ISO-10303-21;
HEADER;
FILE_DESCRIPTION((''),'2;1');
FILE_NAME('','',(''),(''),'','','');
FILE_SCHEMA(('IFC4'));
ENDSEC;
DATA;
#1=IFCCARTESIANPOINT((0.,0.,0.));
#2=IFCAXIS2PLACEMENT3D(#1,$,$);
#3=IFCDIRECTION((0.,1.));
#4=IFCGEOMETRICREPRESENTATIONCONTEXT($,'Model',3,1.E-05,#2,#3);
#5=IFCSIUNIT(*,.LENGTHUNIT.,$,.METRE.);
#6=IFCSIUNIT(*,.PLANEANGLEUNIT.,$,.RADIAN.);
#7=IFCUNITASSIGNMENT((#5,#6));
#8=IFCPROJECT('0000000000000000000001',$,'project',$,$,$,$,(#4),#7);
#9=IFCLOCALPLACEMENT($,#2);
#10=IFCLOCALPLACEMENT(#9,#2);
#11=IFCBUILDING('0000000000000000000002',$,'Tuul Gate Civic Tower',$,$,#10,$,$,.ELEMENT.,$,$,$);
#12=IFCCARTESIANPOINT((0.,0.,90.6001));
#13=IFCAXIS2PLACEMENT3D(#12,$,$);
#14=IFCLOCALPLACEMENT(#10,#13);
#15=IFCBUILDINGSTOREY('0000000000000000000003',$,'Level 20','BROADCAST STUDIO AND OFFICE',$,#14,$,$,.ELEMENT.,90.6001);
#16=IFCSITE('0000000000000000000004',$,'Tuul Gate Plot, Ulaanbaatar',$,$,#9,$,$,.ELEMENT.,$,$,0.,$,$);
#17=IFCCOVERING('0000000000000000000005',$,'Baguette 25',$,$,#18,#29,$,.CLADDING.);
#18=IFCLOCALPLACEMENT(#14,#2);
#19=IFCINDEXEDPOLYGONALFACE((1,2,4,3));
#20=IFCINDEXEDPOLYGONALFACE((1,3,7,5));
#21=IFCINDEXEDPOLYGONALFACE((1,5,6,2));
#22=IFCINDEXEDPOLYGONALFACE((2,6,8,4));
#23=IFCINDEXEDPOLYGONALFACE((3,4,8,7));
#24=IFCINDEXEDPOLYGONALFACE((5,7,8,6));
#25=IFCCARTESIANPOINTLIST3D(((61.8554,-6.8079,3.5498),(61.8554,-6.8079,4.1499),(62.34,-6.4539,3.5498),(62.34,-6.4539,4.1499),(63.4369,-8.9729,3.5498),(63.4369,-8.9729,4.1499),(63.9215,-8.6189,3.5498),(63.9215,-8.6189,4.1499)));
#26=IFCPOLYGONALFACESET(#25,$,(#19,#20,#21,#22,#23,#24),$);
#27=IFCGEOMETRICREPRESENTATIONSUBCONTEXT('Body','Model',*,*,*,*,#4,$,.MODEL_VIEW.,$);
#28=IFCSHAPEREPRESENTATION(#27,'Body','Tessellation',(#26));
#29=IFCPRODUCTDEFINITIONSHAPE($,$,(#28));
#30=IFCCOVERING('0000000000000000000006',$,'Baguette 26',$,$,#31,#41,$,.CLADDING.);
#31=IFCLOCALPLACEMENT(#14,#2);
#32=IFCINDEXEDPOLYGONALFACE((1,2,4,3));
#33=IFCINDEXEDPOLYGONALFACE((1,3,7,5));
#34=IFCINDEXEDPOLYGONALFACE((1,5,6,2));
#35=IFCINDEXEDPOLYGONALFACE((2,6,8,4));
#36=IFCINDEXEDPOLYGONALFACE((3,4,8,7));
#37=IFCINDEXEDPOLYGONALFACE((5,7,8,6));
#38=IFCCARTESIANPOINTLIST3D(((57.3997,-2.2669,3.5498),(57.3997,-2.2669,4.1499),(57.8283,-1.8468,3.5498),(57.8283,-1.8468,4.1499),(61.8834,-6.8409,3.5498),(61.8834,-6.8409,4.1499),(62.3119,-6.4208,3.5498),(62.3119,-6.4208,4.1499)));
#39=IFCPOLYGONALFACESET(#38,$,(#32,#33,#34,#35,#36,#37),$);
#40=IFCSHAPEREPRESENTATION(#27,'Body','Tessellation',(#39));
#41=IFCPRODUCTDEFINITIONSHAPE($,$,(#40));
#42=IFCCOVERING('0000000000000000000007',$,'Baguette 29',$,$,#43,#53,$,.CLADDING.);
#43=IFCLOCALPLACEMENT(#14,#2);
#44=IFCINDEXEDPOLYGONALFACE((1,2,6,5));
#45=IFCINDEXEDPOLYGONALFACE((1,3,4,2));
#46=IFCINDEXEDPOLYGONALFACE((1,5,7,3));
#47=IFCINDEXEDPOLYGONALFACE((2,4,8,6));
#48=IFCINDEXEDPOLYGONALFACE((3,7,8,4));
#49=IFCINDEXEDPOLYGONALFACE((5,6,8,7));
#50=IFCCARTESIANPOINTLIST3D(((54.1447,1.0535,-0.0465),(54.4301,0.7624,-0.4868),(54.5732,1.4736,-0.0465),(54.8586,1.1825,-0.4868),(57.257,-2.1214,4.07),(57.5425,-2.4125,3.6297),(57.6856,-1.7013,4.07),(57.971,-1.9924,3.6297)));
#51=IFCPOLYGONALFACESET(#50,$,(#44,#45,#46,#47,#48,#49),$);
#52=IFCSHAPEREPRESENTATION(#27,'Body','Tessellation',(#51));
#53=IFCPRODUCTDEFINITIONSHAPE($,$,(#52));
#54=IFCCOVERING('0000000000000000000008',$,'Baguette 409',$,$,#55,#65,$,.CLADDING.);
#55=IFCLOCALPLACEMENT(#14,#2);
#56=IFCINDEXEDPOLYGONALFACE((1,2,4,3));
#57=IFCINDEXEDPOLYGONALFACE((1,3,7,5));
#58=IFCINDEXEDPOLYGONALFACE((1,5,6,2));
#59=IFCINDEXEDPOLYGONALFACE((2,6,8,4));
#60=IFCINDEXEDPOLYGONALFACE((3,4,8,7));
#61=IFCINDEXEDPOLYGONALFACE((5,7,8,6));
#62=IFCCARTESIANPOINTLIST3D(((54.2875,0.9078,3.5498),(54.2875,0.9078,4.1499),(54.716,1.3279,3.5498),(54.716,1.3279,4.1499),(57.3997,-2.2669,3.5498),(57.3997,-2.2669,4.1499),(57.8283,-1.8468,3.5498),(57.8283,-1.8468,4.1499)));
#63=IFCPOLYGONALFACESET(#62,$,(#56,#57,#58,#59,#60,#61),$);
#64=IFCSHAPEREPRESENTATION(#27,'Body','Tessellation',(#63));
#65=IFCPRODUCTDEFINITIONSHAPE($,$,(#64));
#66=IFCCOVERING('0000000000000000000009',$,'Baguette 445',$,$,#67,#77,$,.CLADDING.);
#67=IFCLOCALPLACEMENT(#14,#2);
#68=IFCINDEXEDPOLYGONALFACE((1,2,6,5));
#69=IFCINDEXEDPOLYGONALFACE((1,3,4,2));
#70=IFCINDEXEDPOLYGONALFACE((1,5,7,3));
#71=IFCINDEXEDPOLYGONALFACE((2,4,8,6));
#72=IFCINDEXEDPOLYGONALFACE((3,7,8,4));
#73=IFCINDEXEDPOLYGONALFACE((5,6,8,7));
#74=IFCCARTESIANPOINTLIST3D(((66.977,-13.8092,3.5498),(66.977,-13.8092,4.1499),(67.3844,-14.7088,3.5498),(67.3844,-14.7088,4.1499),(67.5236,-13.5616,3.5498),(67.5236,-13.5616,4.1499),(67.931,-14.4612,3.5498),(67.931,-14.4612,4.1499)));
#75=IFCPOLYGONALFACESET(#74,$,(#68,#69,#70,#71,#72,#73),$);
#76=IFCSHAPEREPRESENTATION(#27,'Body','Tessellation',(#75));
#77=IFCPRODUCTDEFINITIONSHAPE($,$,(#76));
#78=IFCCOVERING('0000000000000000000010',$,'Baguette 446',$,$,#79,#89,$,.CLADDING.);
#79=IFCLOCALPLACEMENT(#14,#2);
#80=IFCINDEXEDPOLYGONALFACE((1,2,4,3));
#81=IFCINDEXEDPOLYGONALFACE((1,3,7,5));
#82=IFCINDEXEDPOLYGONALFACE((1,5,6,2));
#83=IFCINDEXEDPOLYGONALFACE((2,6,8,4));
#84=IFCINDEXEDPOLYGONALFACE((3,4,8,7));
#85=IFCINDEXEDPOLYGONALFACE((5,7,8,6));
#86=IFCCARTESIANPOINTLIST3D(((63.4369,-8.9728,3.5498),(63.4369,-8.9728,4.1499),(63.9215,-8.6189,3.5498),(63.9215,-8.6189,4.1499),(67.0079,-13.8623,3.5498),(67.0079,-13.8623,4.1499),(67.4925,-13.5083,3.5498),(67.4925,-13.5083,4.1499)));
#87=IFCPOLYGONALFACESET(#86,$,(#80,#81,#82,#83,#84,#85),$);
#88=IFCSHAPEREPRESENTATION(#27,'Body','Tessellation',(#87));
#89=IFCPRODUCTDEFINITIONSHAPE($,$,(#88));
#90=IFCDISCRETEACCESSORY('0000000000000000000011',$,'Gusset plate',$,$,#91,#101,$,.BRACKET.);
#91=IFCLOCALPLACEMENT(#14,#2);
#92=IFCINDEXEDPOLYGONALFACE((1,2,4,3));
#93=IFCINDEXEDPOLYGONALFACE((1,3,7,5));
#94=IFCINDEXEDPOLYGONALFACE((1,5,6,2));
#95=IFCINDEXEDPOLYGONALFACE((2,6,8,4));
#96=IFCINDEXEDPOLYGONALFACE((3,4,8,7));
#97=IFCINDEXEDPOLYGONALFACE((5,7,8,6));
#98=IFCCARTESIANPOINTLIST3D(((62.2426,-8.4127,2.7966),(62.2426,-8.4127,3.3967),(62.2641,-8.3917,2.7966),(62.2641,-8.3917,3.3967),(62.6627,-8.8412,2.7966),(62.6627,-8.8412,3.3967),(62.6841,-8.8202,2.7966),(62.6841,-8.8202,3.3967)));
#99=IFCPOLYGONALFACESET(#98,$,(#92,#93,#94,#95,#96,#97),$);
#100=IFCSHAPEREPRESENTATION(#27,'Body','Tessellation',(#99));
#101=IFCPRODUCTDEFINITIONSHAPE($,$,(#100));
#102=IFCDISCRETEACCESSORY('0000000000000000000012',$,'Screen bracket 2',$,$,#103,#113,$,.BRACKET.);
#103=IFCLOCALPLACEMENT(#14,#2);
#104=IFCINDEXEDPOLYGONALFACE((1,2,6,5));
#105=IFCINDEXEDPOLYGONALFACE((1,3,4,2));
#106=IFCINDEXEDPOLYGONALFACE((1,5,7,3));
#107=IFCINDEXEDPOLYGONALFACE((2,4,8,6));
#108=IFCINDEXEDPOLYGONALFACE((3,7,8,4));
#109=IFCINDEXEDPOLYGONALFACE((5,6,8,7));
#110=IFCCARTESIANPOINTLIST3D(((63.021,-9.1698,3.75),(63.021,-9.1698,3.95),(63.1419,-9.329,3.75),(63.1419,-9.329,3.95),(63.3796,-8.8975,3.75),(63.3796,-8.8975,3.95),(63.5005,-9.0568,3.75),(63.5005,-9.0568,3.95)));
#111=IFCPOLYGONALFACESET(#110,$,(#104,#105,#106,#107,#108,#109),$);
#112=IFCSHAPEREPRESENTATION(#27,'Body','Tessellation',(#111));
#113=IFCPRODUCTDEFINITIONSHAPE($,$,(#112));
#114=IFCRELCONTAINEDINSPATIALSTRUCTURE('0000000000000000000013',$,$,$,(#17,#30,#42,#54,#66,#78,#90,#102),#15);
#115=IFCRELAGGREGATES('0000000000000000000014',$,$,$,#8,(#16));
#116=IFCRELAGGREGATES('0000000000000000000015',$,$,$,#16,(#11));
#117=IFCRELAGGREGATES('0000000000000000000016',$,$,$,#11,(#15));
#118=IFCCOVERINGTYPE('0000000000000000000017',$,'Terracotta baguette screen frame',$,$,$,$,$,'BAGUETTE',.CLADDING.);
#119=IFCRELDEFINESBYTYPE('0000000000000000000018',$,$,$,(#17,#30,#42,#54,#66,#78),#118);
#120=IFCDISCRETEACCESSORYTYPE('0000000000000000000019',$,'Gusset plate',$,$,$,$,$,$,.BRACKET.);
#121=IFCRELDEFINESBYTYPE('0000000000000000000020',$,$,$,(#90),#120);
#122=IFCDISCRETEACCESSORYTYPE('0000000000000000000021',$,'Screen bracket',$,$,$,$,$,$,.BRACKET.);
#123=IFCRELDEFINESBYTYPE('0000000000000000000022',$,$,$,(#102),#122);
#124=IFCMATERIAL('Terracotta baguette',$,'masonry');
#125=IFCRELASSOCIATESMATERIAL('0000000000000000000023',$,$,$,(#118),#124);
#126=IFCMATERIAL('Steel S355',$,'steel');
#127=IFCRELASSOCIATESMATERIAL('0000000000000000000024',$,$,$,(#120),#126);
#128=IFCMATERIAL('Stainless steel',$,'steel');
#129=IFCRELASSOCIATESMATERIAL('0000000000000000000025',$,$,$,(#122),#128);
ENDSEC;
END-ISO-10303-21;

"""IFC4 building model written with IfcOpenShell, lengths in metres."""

from ifc_helpers import new_model, si_unit, direction, frame, origin, origin_2d, place, context, subcontext, project, spatial, rectangle, extrude, material, material_profile, profile_set, type_object, element, save


model = new_model("IFC4")

# Units and contexts
model_context = context("Model", 3, precision=1e-05, world=origin(), true_north=direction((0.0, 1.0)))
body_context = subcontext(model_context, "Body", "Model", "MODEL_VIEW")
ifc_project = project(units=[si_unit("LENGTHUNIT", "METRE"), si_unit("PLANEANGLEUNIT", "RADIAN")], contexts=[model_context])

# Site, building, storey
site_placement = place(None, origin())
site = spatial("IfcSite", under=ifc_project, at=site_placement, Name="Tuul Gate Plot, Ulaanbaatar", CompositionType="ELEMENT", RefElevation=0.0)
building_placement = place(site_placement, origin())
building = spatial("IfcBuilding", under=site, at=building_placement, Name="Tuul Gate Civic Tower", CompositionType="ELEMENT")
storey_placement = place(building_placement, frame((0.0, 0.0, 90.6001)))
storey = spatial("IfcBuildingStorey", under=building, at=storey_placement, Name="Level 20", Description="BROADCAST STUDIO AND OFFICE", CompositionType="ELEMENT", Elevation=90.6001)

# Coverings
ifc_material_1 = material(Name="Terracotta baguette", Category="masonry")
ifc_material_profile_1 = material_profile(ifc_material_1, rectangle(XDim=0.6001, YDim=0.6001, at=origin_2d()), Name="Terracotta baguette screen frame")
ifc_profile_set_1 = profile_set([ifc_material_profile_1], Name="Terracotta baguette")
covering_type = type_object("IfcCoveringType", Name="Terracotta baguette screen frame", ElementType="BAGUETTE", PredefinedType="CLADDING", material=ifc_profile_set_1)
covering_1_placement = place(storey_placement, frame((63.6792, -8.7959, 3.8499), z_axis=(-0.58987, 0.807498, 0.0), x_axis=(-0.807498, -0.58987, 0.0)))
element("IfcCovering", 1, at=covering_1_placement, inside=storey, type_object=covering_type, Name="Baguette 25", PredefinedType="CLADDING", context=body_context, shape_type="SweptSolid", body=[
    extrude(rectangle(XDim=0.6001, YDim=0.6001, at=origin_2d()), origin(), (0.0, 0.0, 1.0), 2.6812),
])
covering_2_placement = place(storey_placement, frame((62.0977, -6.6309, 3.8499), z_axis=(-0.70002, 0.714123, 0.0), x_axis=(-0.714123, -0.70002, 0.0)))
element("IfcCovering", 2, at=covering_2_placement, inside=storey, type_object=covering_type, Name="Baguette 26", PredefinedType="CLADDING", context=body_context, shape_type="SweptSolid", body=[
    extrude(rectangle(XDim=0.6001, YDim=0.6001, at=origin_2d()), origin(), (0.0, 0.0, 1.0), 6.405),
])
covering_3_placement = place(storey_placement, frame((57.614, -2.0569, 3.8499), z_axis=(-0.51367, 0.523985, -0.679399), x_axis=(-0.714101, -0.700043, 0.0)))
element("IfcCovering", 3, at=covering_3_placement, inside=storey, type_object=covering_type, Name="Baguette 29", PredefinedType="CLADDING", context=body_context, shape_type="SweptSolid", body=[
    extrude(rectangle(XDim=0.6001, YDim=0.6001, at=origin_2d()), origin(), (0.0, 0.0, 1.0), 6.0591),
])
covering_4_placement = place(storey_placement, frame((57.614, -2.0569, 3.8499), z_axis=(-0.700043, 0.714101, 0.0), x_axis=(-0.714101, -0.700043, 0.0)))
element("IfcCovering", 4, at=covering_4_placement, inside=storey, type_object=covering_type, Name="Baguette 409", PredefinedType="CLADDING", context=body_context, shape_type="SweptSolid", body=[
    extrude(rectangle(XDim=0.6001, YDim=0.6001, at=origin_2d()), origin(), (0.0, 0.0, 1.0), 4.4458),
])
covering_5_placement = place(storey_placement, frame((67.6577, -14.585, 3.8499), z_axis=(-0.412573, 0.910924, 0.0), x_axis=(-0.910924, -0.412573, 0.0)))
element("IfcCovering", 5, at=covering_5_placement, inside=storey, type_object=covering_type, Name="Baguette 445", PredefinedType="CLADDING", context=body_context, shape_type="SweptSolid", body=[
    extrude(rectangle(XDim=0.6001, YDim=0.6001, at=origin_2d()), origin(), (0.0, 0.0, 1.0), 0.9875),
])
covering_6_placement = place(storey_placement, frame((67.2502, -13.6853, 3.8499), z_axis=(-0.589803, 0.807547, 0.0), x_axis=(-0.807547, -0.589803, 0.0)))
element("IfcCovering", 6, at=covering_6_placement, inside=storey, type_object=covering_type, Name="Baguette 446", PredefinedType="CLADDING", context=body_context, shape_type="SweptSolid", body=[
    extrude(rectangle(XDim=0.6001, YDim=0.6001, at=origin_2d()), origin(), (0.0, 0.0, 1.0), 6.0547),
])

# Discrete accessories
ifc_material_2 = material(Name="Steel S355", Category="steel")
discrete_accessory_type_1 = type_object("IfcDiscreteAccessoryType", Name="Gusset plate", PredefinedType="BRACKET", material=ifc_material_2)
discrete_accessory_1_placement = place(storey_placement, frame((62.4634, -8.6165, 2.7966), z_axis=(0.0, 0.0, 1.0), x_axis=(0.700048, -0.714096, 0.0)))
element("IfcDiscreteAccessory", 7, at=discrete_accessory_1_placement, inside=storey, type_object=discrete_accessory_type_1, Name="Gusset plate", PredefinedType="BRACKET", context=body_context, shape_type="SweptSolid", body=[
    extrude(rectangle(XDim=0.6001, YDim=0.03, at=origin_2d()), origin(), (0.0, 0.0, 1.0), 0.6001),
])
ifc_material_3 = material(Name="Stainless steel", Category="steel")
discrete_accessory_type_2 = type_object("IfcDiscreteAccessoryType", Name="Screen bracket", PredefinedType="BRACKET", material=ifc_material_3)
discrete_accessory_2_placement = place(storey_placement, frame((63.2607, -9.1133, 3.75), z_axis=(0.0, 0.0, 1.0), x_axis=(0.796469, 0.60468, 0.0)))
element("IfcDiscreteAccessory", 8, at=discrete_accessory_2_placement, inside=storey, type_object=discrete_accessory_type_2, Name="Screen bracket 2", PredefinedType="BRACKET", context=body_context, shape_type="SweptSolid", body=[
    extrude(rectangle(XDim=0.4502, YDim=0.2, at=origin_2d()), origin(), (0.0, 0.0, 1.0), 0.2),
])

save(model, "model.ifc")
